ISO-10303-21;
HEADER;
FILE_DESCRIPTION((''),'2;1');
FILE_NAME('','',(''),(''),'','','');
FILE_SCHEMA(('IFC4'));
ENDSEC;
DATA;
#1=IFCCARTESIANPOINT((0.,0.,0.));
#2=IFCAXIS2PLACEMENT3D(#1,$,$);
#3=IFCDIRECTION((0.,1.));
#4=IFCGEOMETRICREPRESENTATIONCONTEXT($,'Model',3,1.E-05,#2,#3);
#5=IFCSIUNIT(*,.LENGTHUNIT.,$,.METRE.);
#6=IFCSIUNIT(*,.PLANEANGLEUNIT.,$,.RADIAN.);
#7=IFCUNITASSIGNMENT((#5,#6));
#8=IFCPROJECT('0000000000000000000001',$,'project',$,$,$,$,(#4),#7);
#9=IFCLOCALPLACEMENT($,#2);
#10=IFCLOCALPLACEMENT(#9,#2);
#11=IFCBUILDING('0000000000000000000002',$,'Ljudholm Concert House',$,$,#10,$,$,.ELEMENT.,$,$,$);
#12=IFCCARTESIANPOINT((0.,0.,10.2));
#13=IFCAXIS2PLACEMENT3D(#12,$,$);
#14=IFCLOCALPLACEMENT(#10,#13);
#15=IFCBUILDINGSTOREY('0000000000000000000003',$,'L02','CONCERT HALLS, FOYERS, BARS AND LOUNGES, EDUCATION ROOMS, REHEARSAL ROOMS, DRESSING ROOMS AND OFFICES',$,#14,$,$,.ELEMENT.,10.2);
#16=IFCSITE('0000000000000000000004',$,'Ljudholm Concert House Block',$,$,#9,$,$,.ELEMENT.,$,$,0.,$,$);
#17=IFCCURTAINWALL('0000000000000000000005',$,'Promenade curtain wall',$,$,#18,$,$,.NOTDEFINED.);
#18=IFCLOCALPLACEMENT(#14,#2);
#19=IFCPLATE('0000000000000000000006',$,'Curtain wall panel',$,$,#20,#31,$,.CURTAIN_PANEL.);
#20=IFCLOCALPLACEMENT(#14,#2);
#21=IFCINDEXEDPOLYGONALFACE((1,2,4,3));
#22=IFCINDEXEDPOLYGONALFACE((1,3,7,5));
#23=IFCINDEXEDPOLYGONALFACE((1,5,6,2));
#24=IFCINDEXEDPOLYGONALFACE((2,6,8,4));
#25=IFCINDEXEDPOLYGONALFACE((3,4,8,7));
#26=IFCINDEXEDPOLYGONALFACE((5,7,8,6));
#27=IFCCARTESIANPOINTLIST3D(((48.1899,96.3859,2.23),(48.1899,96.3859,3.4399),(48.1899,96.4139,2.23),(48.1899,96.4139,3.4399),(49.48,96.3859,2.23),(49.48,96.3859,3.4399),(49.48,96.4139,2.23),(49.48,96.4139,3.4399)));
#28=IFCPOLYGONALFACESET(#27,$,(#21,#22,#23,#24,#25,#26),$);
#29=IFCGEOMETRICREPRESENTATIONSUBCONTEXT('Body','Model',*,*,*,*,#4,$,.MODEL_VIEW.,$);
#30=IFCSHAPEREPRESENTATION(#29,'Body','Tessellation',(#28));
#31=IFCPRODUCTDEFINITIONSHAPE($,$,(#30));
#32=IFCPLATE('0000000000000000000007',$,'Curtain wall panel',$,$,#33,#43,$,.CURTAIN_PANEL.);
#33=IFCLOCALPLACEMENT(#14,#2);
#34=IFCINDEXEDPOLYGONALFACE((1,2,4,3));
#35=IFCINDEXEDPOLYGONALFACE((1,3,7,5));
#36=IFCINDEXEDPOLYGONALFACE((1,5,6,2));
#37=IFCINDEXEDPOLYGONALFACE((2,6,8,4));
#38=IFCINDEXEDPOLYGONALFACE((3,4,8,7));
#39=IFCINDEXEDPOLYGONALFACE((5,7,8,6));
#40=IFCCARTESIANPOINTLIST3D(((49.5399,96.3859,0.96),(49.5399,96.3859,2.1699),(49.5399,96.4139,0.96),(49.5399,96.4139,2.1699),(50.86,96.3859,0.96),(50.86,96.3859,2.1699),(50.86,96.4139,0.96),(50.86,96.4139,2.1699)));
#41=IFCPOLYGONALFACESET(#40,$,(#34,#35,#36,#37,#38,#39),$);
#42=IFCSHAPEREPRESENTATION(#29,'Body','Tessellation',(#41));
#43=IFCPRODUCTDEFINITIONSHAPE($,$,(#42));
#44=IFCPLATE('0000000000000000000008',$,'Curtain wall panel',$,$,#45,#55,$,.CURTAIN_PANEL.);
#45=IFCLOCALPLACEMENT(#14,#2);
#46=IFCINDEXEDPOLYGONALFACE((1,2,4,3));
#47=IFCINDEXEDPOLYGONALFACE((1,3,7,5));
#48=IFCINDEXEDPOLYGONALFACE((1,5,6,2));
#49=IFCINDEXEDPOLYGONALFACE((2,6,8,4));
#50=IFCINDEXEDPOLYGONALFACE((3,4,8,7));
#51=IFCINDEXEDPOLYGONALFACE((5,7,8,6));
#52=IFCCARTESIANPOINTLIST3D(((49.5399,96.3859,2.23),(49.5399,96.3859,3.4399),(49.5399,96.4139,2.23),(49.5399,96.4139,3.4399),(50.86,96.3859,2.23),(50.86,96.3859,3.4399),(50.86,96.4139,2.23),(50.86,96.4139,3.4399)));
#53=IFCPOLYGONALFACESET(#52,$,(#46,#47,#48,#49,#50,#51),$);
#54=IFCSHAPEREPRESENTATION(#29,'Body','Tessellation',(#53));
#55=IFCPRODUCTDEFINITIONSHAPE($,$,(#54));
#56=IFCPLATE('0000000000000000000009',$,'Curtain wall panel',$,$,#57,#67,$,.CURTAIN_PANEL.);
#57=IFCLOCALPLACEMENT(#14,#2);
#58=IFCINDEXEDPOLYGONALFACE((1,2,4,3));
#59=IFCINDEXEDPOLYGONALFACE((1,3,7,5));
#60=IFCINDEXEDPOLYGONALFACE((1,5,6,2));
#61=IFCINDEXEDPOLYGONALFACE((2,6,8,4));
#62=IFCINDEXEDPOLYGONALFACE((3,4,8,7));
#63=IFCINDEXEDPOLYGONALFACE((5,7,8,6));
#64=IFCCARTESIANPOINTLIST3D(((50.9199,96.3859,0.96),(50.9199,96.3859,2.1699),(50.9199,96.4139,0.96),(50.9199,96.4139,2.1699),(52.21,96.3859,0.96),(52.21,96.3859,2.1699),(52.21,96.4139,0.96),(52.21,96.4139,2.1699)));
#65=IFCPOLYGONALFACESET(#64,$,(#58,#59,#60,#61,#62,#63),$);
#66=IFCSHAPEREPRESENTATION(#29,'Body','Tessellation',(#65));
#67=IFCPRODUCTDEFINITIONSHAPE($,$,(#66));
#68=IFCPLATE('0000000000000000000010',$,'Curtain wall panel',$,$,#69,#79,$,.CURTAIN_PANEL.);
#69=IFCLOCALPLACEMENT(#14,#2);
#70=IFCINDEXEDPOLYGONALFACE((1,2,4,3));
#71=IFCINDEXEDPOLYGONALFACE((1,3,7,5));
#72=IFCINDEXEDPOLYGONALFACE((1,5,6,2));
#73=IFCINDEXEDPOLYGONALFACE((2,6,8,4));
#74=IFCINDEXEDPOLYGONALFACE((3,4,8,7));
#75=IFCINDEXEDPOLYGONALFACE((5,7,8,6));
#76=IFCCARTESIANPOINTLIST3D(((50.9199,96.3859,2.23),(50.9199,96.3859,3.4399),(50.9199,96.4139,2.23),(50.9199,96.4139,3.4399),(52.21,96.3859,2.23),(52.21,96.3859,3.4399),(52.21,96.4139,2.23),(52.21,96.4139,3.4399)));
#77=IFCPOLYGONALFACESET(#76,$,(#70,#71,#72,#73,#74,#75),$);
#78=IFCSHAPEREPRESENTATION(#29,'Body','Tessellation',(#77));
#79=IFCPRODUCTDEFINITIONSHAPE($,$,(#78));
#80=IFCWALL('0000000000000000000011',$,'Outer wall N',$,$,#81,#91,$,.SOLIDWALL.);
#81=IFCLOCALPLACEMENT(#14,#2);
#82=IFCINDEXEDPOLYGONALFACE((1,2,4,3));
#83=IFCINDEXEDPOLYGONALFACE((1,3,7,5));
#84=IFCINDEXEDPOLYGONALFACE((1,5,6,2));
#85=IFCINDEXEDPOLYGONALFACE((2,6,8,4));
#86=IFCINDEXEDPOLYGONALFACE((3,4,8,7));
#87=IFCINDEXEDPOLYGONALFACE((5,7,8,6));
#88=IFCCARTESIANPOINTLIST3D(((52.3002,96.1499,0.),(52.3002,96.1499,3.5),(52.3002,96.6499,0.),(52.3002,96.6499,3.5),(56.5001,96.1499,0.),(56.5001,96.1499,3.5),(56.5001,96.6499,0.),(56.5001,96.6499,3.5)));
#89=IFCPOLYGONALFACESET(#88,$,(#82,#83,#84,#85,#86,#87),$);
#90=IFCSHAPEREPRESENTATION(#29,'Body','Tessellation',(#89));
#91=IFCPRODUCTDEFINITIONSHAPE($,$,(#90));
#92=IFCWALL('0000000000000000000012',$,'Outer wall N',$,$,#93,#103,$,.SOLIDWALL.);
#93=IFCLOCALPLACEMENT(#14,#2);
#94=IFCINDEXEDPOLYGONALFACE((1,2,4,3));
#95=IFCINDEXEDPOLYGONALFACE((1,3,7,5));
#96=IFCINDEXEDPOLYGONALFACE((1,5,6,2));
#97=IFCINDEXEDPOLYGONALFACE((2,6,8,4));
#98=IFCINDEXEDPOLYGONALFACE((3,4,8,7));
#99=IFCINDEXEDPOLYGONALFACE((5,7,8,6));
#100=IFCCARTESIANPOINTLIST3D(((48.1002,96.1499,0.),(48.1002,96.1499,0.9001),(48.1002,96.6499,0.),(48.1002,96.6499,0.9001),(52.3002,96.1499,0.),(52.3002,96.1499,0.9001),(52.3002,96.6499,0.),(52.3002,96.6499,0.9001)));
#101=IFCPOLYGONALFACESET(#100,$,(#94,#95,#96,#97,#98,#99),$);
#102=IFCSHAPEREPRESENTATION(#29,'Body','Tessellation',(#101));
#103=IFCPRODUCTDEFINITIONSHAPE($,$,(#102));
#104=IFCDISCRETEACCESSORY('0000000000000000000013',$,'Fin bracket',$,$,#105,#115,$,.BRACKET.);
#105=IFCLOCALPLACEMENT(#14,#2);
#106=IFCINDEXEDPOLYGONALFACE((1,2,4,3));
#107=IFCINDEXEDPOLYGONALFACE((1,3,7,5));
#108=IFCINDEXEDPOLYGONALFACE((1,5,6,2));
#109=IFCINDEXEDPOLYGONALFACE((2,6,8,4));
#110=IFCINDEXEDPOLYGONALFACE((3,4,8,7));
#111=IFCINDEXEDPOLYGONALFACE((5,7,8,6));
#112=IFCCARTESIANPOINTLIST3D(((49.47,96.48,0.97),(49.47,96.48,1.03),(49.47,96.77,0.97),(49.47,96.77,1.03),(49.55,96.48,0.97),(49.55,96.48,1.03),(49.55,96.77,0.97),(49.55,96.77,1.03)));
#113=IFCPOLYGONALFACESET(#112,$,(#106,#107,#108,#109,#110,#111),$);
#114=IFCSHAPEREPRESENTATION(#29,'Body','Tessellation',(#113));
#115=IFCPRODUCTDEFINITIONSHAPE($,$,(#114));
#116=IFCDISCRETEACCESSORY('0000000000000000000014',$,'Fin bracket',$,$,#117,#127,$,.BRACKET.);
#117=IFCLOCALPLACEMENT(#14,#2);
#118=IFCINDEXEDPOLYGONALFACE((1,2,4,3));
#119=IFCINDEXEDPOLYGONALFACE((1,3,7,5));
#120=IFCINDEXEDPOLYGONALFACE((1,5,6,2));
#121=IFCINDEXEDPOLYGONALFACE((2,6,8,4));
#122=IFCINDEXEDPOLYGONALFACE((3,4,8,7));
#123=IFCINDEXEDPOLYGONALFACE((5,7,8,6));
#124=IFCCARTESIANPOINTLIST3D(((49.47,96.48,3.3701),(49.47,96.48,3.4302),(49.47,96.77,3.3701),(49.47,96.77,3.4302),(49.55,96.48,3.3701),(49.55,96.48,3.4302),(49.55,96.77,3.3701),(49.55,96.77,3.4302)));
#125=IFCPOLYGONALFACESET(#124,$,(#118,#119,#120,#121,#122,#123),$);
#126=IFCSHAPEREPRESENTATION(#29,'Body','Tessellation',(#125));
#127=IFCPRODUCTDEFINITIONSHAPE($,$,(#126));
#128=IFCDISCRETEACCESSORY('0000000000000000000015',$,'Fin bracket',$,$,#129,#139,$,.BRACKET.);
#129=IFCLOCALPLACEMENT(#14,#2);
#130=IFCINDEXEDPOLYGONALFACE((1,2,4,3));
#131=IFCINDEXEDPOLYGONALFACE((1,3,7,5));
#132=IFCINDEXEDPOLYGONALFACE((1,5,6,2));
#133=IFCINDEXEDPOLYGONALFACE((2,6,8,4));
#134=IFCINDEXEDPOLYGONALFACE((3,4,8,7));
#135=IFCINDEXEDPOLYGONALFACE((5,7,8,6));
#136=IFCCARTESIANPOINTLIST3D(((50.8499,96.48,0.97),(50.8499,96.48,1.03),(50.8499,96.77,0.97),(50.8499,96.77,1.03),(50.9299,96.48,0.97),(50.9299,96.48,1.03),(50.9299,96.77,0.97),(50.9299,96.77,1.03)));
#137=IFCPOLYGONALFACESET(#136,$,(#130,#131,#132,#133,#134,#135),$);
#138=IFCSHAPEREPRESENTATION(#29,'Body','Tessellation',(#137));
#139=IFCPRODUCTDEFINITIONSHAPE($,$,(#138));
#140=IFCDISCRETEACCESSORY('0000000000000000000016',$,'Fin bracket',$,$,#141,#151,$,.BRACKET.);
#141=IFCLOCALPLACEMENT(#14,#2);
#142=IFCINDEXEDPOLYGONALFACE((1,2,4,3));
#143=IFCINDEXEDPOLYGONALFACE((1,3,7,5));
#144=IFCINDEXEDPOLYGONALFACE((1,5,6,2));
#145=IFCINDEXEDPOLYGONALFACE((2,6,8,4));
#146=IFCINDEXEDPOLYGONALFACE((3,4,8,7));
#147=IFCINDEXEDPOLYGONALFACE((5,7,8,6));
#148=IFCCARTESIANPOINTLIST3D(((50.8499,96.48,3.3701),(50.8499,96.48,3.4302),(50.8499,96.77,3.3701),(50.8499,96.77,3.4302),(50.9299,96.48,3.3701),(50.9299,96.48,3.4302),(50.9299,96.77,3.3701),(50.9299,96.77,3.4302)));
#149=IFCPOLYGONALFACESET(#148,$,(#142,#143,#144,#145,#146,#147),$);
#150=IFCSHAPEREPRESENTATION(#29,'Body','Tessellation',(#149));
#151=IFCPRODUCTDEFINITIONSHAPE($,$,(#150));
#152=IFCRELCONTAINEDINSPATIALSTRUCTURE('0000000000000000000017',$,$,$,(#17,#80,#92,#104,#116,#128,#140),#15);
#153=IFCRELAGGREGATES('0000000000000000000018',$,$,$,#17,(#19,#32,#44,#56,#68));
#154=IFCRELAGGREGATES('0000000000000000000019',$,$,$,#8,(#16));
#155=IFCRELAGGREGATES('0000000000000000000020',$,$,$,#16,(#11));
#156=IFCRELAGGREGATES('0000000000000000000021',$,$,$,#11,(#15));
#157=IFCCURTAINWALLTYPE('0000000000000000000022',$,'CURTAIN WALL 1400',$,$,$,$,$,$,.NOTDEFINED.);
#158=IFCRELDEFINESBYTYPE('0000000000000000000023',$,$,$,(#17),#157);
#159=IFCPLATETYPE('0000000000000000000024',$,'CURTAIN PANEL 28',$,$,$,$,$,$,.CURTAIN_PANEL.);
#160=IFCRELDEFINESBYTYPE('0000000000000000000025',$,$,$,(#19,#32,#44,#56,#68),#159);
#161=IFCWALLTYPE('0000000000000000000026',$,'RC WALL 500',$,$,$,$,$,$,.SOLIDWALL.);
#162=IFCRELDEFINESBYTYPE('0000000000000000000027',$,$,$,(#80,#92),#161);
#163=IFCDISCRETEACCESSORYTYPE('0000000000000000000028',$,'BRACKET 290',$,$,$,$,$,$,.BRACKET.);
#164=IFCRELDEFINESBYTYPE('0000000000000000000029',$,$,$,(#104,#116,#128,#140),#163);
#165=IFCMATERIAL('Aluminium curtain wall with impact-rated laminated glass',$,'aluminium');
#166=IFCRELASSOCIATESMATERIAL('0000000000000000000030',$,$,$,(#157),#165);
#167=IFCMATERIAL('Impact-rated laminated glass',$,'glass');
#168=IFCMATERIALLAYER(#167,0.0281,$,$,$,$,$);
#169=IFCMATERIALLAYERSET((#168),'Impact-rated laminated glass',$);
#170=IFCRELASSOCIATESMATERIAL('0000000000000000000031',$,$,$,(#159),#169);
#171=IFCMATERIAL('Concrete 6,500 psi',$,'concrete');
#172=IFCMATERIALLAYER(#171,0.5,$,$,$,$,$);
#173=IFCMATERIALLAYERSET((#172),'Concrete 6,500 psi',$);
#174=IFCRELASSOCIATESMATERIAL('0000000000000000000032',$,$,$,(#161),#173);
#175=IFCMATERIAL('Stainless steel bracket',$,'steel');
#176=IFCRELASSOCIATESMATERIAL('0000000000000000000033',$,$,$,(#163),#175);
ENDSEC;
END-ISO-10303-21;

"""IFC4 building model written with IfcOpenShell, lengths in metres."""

from ifc_helpers import new_model, si_unit, direction, frame, frame_2d, origin, origin_2d, place, context, subcontext, project, spatial, rectangle, extrude, material, layer, layer_set, type_object, element, aggregate, save


model = new_model("IFC4")

# Units and contexts
model_context = context("Model", 3, precision=1e-05, world=origin(), true_north=direction((0.0, 1.0)))
body_context = subcontext(model_context, "Body", "Model", "MODEL_VIEW")
ifc_project = project(units=[si_unit("LENGTHUNIT", "METRE"), si_unit("PLANEANGLEUNIT", "RADIAN")], contexts=[model_context])

# Site, building, storey
site_placement = place(None, origin())
site = spatial("IfcSite", under=ifc_project, at=site_placement, Name="Ljudholm Concert House Block", CompositionType="ELEMENT", RefElevation=0.0)
building_placement = place(site_placement, origin())
building = spatial("IfcBuilding", under=site, at=building_placement, Name="Ljudholm Concert House", CompositionType="ELEMENT")
storey_placement = place(building_placement, frame((0.0, 0.0, 10.2)))
storey = spatial("IfcBuildingStorey", under=building, at=storey_placement, Name="L02", Description="CONCERT HALLS, FOYERS, BARS AND LOUNGES, EDUCATION ROOMS, REHEARSAL ROOMS, DRESSING ROOMS AND OFFICES", CompositionType="ELEMENT", Elevation=10.2)

# Curtain wall, plates
ifc_material_1 = material(Name="Aluminium curtain wall with impact-rated laminated glass", Category="aluminium")
curtain_wall_type = type_object("IfcCurtainWallType", Name="CURTAIN WALL 1400", PredefinedType="NOTDEFINED", material=ifc_material_1)
curtain_wall_placement = place(storey_placement, origin())
curtain_wall = element("IfcCurtainWall", 1, at=curtain_wall_placement, inside=storey, type_object=curtain_wall_type, Name="Promenade curtain wall", PredefinedType="NOTDEFINED")
ifc_material_2 = material(Name="Impact-rated laminated glass", Category="glass")
ifc_layer_1 = layer(ifc_material_2, 0.0281)
ifc_layer_set_1 = layer_set([ifc_layer_1], Name="Impact-rated laminated glass")
plate_type = type_object("IfcPlateType", Name="CURTAIN PANEL 28", PredefinedType="CURTAIN_PANEL", material=ifc_layer_set_1)
plate_1_placement = place(storey_placement, frame((48.835, 96.3999, 2.23), z_axis=(0.0, 0.0, 1.0), x_axis=(1.0, 0.0, 0.0)))
plate_1 = element("IfcPlate", 2, at=plate_1_placement, type_object=plate_type, Name="Curtain wall panel", PredefinedType="CURTAIN_PANEL", context=body_context, shape_type="SweptSolid", body=[
    extrude(rectangle(XDim=1.29, YDim=0.0281, at=origin_2d()), origin(), (0.0, 0.0, 1.0), 1.21),
])
plate_2_placement = place(storey_placement, frame((50.2, 96.3999, 0.96), z_axis=(0.0, 0.0, 1.0), x_axis=(1.0, 0.0, 0.0)))
plate_2 = element("IfcPlate", 3, at=plate_2_placement, type_object=plate_type, Name="Curtain wall panel", PredefinedType="CURTAIN_PANEL", context=body_context, shape_type="SweptSolid", body=[
    extrude(rectangle(XDim=1.3201, YDim=0.0281, at=origin_2d()), origin(), (0.0, 0.0, 1.0), 1.21),
])
plate_3_placement = place(storey_placement, frame((50.2, 96.3999, 2.23), z_axis=(0.0, 0.0, 1.0), x_axis=(1.0, 0.0, 0.0)))
plate_3 = element("IfcPlate", 4, at=plate_3_placement, type_object=plate_type, Name="Curtain wall panel", PredefinedType="CURTAIN_PANEL", context=body_context, shape_type="SweptSolid", body=[
    extrude(rectangle(XDim=1.3201, YDim=0.0281, at=origin_2d()), origin(), (0.0, 0.0, 1.0), 1.21),
])
plate_4_placement = place(storey_placement, frame((51.5649, 96.3999, 0.96), z_axis=(0.0, 0.0, 1.0), x_axis=(1.0, 0.0, 0.0)))
plate_4 = element("IfcPlate", 5, at=plate_4_placement, type_object=plate_type, Name="Curtain wall panel", PredefinedType="CURTAIN_PANEL", context=body_context, shape_type="SweptSolid", body=[
    extrude(rectangle(XDim=1.29, YDim=0.0281, at=origin_2d()), origin(), (0.0, 0.0, 1.0), 1.21),
])
plate_5_placement = place(storey_placement, frame((51.5649, 96.3999, 2.23), z_axis=(0.0, 0.0, 1.0), x_axis=(1.0, 0.0, 0.0)))
plate_5 = element("IfcPlate", 6, at=plate_5_placement, type_object=plate_type, Name="Curtain wall panel", PredefinedType="CURTAIN_PANEL", context=body_context, shape_type="SweptSolid", body=[
    extrude(rectangle(XDim=1.29, YDim=0.0281, at=origin_2d()), origin(), (0.0, 0.0, 1.0), 1.21),
])
aggregate(curtain_wall, [plate_1, plate_2, plate_3, plate_4, plate_5])

# Walls
ifc_material_3 = material(Name="Concrete 6,500 psi", Category="concrete")
ifc_layer_2 = layer(ifc_material_3, 0.5)
ifc_layer_set_2 = layer_set([ifc_layer_2], Name="Concrete 6,500 psi")
wall_type = type_object("IfcWallType", Name="RC WALL 500", PredefinedType="SOLIDWALL", material=ifc_layer_set_2)
wall_1_placement = place(storey_placement, frame((52.3, 96.3999, 0.0), z_axis=(0.0, 0.0, 1.0), x_axis=(1.0, 0.0, 0.0)))
element("IfcWall", 7, at=wall_1_placement, inside=storey, type_object=wall_type, Name="Outer wall N", PredefinedType="SOLIDWALL", context=body_context, shape_type="SweptSolid", body=[
    extrude(rectangle(XDim=4.2, YDim=0.5, at=frame_2d((2.1001, 0.0))), origin(), (0.0, 0.0, 1.0), 3.5),
])
wall_2_placement = place(storey_placement, frame((48.1001, 96.3999, 0.0), z_axis=(0.0, 0.0, 1.0), x_axis=(1.0, 0.0, 0.0)))
element("IfcWall", 8, at=wall_2_placement, inside=storey, type_object=wall_type, Name="Outer wall N", PredefinedType="SOLIDWALL", context=body_context, shape_type="SweptSolid", body=[
    extrude(rectangle(XDim=4.2, YDim=0.5, at=frame_2d((2.1001, 0.0))), origin(), (0.0, 0.0, 1.0), 0.9001),
])

# Discrete accessories
ifc_material_4 = material(Name="Stainless steel bracket", Category="steel")
discrete_accessory_type = type_object("IfcDiscreteAccessoryType", Name="BRACKET 290", PredefinedType="BRACKET", material=ifc_material_4)
for number, where, z_axis, x_axis, name in (
    (9, (49.51, 96.625, 0.97), (0.0, 0.0, 1.0), (0.0, 1.0, 0.0), "Fin bracket"),
    (10, (49.51, 96.625, 3.3701), (0.0, 0.0, 1.0), (0.0, 1.0, 0.0), "Fin bracket"),
    (11, (50.8899, 96.625, 0.97), (0.0, 0.0, 1.0), (0.0, 1.0, 0.0), "Fin bracket"),
    (12, (50.8899, 96.625, 3.3701), (0.0, 0.0, 1.0), (0.0, 1.0, 0.0), "Fin bracket"),
):
    element("IfcDiscreteAccessory", number, at=place(storey_placement, frame(where, z_axis=z_axis, x_axis=x_axis)), inside=storey, type_object=discrete_accessory_type, Name=name, PredefinedType="BRACKET", context=body_context, shape_type="SweptSolid", body=[
        extrude(rectangle(XDim=0.29, YDim=0.0801, at=origin_2d()), origin(), (0.0, 0.0, 1.0), 0.0601),
    ])

save(model, "model.ifc")
